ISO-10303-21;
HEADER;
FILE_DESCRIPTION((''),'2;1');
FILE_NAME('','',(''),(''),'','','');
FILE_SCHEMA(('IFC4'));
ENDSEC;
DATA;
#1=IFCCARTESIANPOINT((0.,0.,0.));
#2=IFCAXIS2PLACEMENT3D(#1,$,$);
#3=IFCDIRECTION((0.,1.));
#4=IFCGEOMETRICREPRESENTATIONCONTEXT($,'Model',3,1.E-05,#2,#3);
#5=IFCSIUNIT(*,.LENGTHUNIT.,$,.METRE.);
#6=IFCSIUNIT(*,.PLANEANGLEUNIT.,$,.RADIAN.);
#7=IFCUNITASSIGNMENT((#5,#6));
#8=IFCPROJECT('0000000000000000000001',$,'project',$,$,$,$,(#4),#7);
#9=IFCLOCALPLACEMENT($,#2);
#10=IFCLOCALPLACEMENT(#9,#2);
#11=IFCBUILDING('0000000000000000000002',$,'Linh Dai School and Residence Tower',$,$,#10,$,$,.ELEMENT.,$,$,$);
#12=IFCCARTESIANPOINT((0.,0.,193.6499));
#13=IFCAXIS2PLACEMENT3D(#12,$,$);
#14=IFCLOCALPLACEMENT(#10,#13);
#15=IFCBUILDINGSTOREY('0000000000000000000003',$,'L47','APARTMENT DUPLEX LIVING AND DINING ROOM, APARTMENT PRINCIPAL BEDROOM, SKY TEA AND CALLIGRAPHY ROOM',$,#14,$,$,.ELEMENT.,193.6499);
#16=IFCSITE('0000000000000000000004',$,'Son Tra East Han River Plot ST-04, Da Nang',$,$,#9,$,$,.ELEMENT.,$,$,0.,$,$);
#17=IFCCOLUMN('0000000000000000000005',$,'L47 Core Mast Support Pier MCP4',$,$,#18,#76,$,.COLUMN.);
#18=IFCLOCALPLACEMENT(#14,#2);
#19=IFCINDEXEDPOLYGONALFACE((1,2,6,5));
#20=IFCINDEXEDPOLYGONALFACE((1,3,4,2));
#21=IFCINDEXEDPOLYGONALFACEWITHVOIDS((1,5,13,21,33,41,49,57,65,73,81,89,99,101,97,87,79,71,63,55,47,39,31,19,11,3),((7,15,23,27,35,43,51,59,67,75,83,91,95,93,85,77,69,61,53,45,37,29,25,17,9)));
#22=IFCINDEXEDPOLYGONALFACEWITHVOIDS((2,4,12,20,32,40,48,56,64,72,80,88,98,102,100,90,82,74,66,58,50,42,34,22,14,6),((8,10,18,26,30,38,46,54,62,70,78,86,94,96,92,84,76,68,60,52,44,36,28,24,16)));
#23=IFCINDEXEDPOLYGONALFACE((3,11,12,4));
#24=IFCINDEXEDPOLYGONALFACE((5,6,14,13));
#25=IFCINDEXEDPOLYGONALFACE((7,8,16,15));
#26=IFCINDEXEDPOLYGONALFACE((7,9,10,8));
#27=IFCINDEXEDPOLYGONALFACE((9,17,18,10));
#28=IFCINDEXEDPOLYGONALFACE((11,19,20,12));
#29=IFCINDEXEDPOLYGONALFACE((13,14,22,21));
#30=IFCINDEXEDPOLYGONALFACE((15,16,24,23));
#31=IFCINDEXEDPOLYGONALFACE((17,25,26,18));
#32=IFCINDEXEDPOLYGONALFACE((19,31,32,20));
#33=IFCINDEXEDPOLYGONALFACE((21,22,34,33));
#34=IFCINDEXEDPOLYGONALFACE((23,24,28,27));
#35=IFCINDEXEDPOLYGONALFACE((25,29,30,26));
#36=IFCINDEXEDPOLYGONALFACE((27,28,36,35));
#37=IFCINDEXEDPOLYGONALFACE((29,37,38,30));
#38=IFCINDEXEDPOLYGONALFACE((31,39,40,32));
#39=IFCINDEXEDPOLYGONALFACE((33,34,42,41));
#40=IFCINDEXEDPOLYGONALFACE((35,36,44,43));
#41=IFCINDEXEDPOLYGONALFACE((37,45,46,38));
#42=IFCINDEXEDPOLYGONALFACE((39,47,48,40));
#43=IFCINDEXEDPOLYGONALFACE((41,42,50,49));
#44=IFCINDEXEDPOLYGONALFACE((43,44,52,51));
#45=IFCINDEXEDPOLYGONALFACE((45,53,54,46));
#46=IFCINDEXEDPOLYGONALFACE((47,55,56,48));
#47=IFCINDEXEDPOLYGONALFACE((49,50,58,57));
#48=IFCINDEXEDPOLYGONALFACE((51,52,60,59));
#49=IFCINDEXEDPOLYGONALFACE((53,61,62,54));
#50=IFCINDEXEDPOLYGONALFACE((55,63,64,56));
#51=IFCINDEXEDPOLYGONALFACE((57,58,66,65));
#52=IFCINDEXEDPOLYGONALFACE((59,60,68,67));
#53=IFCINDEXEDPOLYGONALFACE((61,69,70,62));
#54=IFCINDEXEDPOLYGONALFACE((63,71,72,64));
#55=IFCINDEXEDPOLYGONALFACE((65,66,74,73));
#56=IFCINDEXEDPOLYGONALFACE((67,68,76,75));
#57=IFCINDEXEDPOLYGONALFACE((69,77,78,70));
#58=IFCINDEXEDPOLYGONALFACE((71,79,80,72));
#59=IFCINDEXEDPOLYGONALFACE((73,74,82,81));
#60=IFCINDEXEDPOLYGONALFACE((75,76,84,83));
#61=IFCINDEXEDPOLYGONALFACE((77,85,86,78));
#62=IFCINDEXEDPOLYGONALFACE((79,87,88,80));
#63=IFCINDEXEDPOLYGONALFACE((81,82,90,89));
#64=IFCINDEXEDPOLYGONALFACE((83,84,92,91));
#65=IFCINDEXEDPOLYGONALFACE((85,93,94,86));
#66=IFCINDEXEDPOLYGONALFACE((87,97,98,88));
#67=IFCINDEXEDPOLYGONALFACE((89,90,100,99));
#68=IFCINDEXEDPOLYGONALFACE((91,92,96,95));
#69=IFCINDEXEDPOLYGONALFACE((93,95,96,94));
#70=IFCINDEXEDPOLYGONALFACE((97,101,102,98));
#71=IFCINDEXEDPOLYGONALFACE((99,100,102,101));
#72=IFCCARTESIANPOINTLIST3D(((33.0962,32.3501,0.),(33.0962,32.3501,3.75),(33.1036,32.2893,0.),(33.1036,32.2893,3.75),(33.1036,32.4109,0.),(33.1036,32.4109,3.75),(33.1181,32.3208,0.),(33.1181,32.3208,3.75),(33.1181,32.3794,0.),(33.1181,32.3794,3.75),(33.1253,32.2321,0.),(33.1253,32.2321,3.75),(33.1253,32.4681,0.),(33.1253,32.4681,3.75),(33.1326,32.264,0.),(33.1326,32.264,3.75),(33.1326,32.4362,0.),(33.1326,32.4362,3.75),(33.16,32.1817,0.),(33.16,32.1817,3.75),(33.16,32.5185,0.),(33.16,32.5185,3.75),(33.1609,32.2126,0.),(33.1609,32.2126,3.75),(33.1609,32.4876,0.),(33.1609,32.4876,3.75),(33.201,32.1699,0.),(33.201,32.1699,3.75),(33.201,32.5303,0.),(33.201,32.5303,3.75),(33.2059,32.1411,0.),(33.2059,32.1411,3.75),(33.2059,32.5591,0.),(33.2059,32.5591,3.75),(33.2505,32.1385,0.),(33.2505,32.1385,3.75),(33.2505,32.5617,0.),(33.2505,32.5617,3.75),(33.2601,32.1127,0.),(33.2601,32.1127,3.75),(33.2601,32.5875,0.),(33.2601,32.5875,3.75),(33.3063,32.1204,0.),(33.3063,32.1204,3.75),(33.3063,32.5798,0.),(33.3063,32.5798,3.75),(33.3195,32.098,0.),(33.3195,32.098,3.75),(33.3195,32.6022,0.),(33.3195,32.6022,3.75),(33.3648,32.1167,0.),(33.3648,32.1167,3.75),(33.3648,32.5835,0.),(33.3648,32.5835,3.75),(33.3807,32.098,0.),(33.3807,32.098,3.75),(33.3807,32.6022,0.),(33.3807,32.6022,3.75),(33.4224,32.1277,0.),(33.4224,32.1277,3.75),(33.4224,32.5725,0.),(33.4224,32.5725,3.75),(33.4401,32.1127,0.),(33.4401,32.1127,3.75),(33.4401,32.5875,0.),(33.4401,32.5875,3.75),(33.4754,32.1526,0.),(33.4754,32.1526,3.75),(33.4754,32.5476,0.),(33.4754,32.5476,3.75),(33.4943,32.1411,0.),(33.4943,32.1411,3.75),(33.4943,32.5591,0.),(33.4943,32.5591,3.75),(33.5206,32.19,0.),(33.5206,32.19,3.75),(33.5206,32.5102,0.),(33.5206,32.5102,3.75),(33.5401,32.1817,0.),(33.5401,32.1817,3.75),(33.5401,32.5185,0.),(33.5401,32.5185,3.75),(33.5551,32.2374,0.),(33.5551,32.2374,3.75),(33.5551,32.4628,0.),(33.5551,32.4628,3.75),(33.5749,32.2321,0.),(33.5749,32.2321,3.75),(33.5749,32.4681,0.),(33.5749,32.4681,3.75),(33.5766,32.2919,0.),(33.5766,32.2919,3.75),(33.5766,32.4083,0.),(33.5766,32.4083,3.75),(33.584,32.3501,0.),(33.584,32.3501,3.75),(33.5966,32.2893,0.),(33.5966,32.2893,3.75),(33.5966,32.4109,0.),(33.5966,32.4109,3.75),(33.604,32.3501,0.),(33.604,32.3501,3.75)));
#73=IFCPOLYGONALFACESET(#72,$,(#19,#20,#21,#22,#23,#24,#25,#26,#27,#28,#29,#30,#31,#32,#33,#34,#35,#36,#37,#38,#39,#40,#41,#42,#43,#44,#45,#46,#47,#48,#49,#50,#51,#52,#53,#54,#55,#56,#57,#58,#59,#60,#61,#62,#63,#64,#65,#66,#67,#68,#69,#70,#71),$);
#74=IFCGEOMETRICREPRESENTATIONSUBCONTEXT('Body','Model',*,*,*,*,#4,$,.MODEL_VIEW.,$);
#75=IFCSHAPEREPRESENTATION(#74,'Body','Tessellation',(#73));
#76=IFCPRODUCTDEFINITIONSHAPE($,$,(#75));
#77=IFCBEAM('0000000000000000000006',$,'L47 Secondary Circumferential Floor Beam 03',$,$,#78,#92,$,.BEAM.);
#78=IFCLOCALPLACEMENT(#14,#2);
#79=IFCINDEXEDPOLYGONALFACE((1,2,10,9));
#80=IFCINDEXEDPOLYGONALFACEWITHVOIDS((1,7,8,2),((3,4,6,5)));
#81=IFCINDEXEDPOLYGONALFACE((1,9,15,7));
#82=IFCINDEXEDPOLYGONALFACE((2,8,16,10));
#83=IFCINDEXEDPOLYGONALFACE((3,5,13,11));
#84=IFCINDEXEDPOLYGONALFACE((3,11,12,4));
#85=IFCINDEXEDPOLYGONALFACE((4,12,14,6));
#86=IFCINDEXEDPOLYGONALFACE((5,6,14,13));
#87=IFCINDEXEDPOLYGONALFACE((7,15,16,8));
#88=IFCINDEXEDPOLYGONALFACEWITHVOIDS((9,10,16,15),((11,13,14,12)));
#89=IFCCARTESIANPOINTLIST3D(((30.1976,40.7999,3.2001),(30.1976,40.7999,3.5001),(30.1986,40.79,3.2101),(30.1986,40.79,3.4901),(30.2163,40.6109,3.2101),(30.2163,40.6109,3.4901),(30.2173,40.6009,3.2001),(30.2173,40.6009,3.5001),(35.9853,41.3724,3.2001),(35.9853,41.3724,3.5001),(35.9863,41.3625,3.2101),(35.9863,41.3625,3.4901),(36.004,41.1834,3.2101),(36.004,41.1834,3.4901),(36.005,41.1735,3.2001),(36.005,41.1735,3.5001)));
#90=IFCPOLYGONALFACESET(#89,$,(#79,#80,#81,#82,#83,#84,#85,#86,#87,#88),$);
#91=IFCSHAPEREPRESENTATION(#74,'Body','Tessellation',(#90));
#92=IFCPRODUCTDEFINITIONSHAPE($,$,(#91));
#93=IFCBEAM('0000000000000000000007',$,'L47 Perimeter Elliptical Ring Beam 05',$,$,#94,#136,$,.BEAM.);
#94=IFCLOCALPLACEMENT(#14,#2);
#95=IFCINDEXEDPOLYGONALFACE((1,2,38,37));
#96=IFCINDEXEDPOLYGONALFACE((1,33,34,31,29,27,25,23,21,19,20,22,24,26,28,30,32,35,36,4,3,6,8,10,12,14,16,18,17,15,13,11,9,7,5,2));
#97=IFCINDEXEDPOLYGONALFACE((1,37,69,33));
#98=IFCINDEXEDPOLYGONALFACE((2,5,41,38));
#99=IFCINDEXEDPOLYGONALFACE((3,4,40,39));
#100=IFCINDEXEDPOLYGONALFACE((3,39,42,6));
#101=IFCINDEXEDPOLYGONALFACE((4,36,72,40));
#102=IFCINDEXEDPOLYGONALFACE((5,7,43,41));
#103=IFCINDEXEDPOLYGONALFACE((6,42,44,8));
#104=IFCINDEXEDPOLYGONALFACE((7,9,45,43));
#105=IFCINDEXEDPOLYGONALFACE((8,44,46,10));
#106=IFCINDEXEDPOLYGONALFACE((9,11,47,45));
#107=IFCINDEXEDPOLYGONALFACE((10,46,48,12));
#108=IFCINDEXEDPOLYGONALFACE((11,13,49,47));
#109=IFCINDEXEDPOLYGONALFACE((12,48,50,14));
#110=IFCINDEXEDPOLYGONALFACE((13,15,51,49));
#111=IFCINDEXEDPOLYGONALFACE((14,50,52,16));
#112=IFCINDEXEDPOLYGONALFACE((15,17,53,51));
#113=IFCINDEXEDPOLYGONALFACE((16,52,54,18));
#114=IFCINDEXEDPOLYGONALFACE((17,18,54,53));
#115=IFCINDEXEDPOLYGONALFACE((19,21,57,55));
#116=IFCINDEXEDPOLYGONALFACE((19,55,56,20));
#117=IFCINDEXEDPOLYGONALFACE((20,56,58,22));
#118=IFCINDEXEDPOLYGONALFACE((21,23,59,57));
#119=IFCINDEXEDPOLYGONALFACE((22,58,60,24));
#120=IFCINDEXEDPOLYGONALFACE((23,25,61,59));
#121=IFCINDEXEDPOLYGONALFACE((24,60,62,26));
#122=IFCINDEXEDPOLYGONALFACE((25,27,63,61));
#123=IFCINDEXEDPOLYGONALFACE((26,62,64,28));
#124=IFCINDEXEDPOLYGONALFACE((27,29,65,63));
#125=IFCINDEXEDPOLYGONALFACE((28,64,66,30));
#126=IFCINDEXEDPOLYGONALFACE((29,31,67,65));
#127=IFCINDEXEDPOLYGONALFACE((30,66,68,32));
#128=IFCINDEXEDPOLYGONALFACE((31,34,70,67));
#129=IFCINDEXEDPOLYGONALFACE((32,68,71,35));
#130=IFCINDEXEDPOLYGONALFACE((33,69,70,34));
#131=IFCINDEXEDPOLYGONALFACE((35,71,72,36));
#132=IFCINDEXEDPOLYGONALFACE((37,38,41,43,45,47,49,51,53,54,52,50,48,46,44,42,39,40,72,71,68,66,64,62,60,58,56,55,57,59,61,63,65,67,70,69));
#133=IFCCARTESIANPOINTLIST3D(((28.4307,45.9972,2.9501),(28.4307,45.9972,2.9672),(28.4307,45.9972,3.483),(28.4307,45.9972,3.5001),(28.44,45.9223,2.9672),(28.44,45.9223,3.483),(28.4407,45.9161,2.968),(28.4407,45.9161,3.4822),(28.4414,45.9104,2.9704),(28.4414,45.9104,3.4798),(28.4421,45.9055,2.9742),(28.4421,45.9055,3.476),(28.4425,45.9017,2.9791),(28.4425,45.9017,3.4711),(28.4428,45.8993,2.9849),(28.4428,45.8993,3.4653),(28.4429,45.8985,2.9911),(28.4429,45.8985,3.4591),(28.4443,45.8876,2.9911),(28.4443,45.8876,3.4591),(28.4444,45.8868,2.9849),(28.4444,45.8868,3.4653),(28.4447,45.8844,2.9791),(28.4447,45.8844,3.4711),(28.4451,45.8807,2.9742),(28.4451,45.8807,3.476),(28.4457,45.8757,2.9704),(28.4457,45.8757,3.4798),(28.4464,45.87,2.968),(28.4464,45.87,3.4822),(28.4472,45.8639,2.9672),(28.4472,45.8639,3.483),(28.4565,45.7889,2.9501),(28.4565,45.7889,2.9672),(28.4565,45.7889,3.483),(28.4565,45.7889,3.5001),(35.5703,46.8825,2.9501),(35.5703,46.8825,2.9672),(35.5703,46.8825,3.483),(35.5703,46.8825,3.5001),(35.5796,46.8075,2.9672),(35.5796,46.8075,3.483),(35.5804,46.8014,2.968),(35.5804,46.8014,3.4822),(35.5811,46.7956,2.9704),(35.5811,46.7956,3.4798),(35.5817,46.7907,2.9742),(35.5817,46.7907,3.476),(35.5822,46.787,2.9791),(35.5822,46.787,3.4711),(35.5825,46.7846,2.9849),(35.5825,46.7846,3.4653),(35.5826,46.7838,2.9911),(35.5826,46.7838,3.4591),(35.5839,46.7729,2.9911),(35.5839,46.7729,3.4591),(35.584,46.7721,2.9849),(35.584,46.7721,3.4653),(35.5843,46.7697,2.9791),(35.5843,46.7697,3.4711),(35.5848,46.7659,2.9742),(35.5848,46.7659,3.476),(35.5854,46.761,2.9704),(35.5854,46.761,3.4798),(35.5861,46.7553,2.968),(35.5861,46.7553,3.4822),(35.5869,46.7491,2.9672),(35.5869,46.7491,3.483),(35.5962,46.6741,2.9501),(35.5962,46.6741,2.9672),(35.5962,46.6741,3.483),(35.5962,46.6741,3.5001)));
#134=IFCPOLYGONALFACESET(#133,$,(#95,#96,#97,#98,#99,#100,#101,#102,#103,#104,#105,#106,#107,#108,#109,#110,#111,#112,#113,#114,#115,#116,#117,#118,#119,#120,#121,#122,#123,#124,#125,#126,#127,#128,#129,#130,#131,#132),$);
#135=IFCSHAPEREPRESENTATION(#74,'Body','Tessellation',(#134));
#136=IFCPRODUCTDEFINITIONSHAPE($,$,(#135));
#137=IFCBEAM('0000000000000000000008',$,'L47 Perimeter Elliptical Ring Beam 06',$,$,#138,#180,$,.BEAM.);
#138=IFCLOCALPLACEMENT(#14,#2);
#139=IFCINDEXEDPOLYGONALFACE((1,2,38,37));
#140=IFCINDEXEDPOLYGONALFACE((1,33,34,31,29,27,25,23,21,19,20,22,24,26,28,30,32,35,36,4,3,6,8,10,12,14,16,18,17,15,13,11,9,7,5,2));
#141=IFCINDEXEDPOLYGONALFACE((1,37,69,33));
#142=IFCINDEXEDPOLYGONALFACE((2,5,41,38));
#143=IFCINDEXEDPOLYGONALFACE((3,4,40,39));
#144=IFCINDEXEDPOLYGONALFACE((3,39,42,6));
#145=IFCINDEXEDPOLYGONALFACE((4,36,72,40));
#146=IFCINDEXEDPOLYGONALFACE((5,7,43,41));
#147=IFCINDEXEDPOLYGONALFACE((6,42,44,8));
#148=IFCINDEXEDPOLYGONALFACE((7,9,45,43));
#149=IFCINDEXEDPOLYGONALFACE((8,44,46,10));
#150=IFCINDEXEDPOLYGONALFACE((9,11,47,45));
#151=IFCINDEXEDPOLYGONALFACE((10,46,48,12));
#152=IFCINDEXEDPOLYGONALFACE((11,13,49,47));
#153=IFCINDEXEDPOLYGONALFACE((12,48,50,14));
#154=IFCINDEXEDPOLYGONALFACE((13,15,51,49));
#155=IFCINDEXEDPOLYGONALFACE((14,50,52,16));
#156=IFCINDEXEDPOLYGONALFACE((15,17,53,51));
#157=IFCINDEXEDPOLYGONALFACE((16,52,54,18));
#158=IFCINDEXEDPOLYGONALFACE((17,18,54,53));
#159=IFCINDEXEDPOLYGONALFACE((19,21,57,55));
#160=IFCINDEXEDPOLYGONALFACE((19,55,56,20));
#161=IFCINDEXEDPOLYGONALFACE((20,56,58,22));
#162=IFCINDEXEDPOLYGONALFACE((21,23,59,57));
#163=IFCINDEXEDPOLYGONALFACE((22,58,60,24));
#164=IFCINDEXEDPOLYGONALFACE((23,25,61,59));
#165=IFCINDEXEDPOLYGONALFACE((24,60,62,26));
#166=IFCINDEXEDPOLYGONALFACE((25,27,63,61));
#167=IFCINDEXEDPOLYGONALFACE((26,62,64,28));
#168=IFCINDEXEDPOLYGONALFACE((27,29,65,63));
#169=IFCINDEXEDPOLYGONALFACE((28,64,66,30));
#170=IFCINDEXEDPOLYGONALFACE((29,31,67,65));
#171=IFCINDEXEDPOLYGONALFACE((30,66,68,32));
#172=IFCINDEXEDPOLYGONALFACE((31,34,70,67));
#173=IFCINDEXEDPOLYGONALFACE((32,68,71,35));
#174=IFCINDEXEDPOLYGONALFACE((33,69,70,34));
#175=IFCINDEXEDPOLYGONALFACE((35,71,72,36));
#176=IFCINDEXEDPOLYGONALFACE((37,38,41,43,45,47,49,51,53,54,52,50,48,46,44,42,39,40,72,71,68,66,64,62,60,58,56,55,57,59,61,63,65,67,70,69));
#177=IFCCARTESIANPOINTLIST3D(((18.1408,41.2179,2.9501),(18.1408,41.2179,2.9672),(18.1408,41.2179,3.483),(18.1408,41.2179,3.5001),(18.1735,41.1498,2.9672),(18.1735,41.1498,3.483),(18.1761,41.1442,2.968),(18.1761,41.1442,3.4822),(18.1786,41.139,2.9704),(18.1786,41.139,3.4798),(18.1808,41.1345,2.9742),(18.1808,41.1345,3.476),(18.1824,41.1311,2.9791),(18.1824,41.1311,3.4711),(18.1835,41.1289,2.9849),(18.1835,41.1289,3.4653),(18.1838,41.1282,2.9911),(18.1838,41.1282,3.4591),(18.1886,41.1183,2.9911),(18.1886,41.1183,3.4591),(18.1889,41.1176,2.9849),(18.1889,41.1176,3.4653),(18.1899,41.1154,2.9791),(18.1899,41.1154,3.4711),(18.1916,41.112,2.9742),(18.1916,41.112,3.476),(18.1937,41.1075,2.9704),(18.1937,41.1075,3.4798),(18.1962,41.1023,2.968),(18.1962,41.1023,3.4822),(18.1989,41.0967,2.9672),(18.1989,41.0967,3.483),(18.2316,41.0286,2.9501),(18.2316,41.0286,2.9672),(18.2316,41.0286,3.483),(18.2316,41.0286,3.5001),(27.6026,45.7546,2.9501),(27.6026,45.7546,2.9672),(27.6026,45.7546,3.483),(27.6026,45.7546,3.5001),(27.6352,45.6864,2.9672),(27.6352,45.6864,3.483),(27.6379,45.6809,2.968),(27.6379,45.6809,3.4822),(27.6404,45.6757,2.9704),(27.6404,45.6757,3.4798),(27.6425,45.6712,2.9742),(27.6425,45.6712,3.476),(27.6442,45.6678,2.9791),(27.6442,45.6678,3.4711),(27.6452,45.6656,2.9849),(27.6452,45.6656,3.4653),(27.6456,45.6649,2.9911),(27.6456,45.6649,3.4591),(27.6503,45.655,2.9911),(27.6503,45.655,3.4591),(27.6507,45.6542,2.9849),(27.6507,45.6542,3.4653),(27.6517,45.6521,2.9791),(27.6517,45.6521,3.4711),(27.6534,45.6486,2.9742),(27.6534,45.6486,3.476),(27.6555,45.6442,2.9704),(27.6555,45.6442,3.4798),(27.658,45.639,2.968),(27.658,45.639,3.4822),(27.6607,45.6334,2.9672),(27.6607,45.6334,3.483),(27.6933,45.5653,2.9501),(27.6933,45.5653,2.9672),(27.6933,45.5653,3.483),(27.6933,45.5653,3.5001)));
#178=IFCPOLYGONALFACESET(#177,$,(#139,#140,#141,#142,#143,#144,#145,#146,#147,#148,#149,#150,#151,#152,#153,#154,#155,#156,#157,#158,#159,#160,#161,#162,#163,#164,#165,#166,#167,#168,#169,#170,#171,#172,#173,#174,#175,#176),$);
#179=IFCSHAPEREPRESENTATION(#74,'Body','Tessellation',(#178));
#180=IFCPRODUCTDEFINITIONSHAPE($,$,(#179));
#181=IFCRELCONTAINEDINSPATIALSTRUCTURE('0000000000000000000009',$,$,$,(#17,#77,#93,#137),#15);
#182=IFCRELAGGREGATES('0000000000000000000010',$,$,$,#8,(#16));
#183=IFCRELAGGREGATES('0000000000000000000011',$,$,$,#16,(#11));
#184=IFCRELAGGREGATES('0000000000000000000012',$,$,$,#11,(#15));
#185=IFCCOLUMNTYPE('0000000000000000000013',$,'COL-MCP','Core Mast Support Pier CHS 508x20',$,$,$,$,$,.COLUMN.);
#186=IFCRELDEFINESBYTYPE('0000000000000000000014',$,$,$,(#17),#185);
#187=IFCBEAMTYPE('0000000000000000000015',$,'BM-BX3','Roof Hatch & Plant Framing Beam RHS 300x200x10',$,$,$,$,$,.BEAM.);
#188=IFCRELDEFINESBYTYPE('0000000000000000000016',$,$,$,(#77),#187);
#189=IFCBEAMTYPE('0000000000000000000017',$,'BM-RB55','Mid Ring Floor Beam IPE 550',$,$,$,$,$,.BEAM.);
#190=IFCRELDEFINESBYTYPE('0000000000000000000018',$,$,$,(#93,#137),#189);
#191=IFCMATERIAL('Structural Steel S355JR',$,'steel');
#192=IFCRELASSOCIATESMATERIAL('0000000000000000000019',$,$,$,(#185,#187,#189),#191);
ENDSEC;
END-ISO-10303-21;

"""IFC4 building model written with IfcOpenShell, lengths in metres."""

from ifc_helpers import new_model, si_unit, direction, frame, origin, origin_2d, place, context, subcontext, project, spatial, hollow_rectangle, hollow_circle, i_section, extrude, material, material_profile, profile_set, type_object, element, save


model = new_model("IFC4")

# Units and contexts
model_context = context("Model", 3, precision=1e-05, world=origin(), true_north=direction((0.0, 1.0)))
body_context = subcontext(model_context, "Body", "Model", "MODEL_VIEW")
ifc_project = project(units=[si_unit("LENGTHUNIT", "METRE"), si_unit("PLANEANGLEUNIT", "RADIAN")], contexts=[model_context])

# Site, building, storey
site_placement = place(None, origin())
site = spatial("IfcSite", under=ifc_project, at=site_placement, Name="Son Tra East Han River Plot ST-04, Da Nang", CompositionType="ELEMENT", RefElevation=0.0)
building_placement = place(site_placement, origin())
building = spatial("IfcBuilding", under=site, at=building_placement, Name="Linh Dai School and Residence Tower", CompositionType="ELEMENT")
storey_placement = place(building_placement, frame((0.0, 0.0, 193.6499)))
storey = spatial("IfcBuildingStorey", under=building, at=storey_placement, Name="L47", Description="APARTMENT DUPLEX LIVING AND DINING ROOM, APARTMENT PRINCIPAL BEDROOM, SKY TEA AND CALLIGRAPHY ROOM", CompositionType="ELEMENT", Elevation=193.6499)

# Column
ifc_material_1 = material(Name="Structural Steel S355JR", Category="steel")
ifc_material_profile_1 = material_profile(ifc_material_1, hollow_circle(Radius=0.2539, WallThickness=0.02, at=origin_2d()), Name="CHS 508x20")
ifc_profile_set_1 = profile_set([ifc_material_profile_1], Name="Structural Steel S355JR")
column_type_1 = type_object("IfcColumnType", Name="COL-MCP", Description="Core Mast Support Pier CHS 508x20", PredefinedType="COLUMN", material=ifc_profile_set_1)
column_1_placement = place(storey_placement, frame((33.3501, 32.3501, 0.0), z_axis=(0.0, 0.0, 1.0), x_axis=(1.0, 0.0, 0.0)))
element("IfcColumn", 1, at=column_1_placement, inside=storey, type_object=column_type_1, Name="L47 Core Mast Support Pier MCP4", PredefinedType="COLUMN", context=body_context, shape_type="SweptSolid", body=[
    extrude(hollow_circle(Radius=0.2539, WallThickness=0.02, at=origin_2d()), origin(), (0.0, 0.0, 1.0), 3.75),
])

# Beams
ifc_material_profile_2 = material_profile(ifc_material_1, hollow_rectangle(XDim=0.2, YDim=0.3, WallThickness=0.01, at=origin_2d()), Name="RHS 300x200x10")
ifc_profile_set_2 = profile_set([ifc_material_profile_2], Name="Structural Steel S355JR")
beam_type_1 = type_object("IfcBeamType", Name="BM-BX3", Description="Roof Hatch & Plant Framing Beam RHS 300x200x10", PredefinedType="BEAM", material=ifc_profile_set_2)
beam_1_placement = place(storey_placement, frame((35.9951, 41.2729, 3.3501), z_axis=(-0.995143, -0.09844, 0.0), x_axis=(0.09844, -0.995143, 0.0)))
element("IfcBeam", 2, at=beam_1_placement, inside=storey, type_object=beam_type_1, Name="L47 Secondary Circumferential Floor Beam 03", PredefinedType="BEAM", context=body_context, shape_type="SweptSolid", body=[
    extrude(hollow_rectangle(XDim=0.2, YDim=0.3, WallThickness=0.01, at=origin_2d()), origin(), (0.0, 0.0, 1.0), 5.8159),
])
ifc_material_profile_3 = material_profile(ifc_material_1, i_section(OverallWidth=0.21, OverallDepth=0.55, WebThickness=0.011, FlangeThickness=0.0171, FilletRadius=0.0239, at=origin_2d()), Name="IPE 550")
ifc_profile_set_3 = profile_set([ifc_material_profile_3], Name="Structural Steel S355JR")
beam_type_2 = type_object("IfcBeamType", Name="BM-RB55", Description="Mid Ring Floor Beam IPE 550", PredefinedType="BEAM", material=ifc_profile_set_3)
beam_2_placement = place(storey_placement, frame((35.5833, 46.7783, 3.2251), z_axis=(-0.992401, -0.123049, 0.0), x_axis=(0.123049, -0.992401, 0.0)))
element("IfcBeam", 3, at=beam_2_placement, inside=storey, type_object=beam_type_2, Name="L47 Perimeter Elliptical Ring Beam 05", PredefinedType="BEAM", context=body_context, shape_type="SweptSolid", body=[
    extrude(i_section(OverallWidth=0.21, OverallDepth=0.55, WebThickness=0.011, FlangeThickness=0.0171, FilletRadius=0.0239, at=origin_2d()), origin(), (0.0, 0.0, 1.0), 7.1943),
])
beam_3_placement = place(storey_placement, frame((27.6479, 45.6599, 3.2251), z_axis=(-0.901708, -0.432345, 0.0), x_axis=(0.432345, -0.901708, 0.0)))
element("IfcBeam", 4, at=beam_3_placement, inside=storey, type_object=beam_type_2, Name="L47 Perimeter Elliptical Ring Beam 06", PredefinedType="BEAM", context=body_context, shape_type="SweptSolid", body=[
    extrude(i_section(OverallWidth=0.21, OverallDepth=0.55, WebThickness=0.011, FlangeThickness=0.0171, FilletRadius=0.0239, at=origin_2d()), origin(), (0.0, 0.0, 1.0), 10.4932),
])

save(model, "model.ifc")
